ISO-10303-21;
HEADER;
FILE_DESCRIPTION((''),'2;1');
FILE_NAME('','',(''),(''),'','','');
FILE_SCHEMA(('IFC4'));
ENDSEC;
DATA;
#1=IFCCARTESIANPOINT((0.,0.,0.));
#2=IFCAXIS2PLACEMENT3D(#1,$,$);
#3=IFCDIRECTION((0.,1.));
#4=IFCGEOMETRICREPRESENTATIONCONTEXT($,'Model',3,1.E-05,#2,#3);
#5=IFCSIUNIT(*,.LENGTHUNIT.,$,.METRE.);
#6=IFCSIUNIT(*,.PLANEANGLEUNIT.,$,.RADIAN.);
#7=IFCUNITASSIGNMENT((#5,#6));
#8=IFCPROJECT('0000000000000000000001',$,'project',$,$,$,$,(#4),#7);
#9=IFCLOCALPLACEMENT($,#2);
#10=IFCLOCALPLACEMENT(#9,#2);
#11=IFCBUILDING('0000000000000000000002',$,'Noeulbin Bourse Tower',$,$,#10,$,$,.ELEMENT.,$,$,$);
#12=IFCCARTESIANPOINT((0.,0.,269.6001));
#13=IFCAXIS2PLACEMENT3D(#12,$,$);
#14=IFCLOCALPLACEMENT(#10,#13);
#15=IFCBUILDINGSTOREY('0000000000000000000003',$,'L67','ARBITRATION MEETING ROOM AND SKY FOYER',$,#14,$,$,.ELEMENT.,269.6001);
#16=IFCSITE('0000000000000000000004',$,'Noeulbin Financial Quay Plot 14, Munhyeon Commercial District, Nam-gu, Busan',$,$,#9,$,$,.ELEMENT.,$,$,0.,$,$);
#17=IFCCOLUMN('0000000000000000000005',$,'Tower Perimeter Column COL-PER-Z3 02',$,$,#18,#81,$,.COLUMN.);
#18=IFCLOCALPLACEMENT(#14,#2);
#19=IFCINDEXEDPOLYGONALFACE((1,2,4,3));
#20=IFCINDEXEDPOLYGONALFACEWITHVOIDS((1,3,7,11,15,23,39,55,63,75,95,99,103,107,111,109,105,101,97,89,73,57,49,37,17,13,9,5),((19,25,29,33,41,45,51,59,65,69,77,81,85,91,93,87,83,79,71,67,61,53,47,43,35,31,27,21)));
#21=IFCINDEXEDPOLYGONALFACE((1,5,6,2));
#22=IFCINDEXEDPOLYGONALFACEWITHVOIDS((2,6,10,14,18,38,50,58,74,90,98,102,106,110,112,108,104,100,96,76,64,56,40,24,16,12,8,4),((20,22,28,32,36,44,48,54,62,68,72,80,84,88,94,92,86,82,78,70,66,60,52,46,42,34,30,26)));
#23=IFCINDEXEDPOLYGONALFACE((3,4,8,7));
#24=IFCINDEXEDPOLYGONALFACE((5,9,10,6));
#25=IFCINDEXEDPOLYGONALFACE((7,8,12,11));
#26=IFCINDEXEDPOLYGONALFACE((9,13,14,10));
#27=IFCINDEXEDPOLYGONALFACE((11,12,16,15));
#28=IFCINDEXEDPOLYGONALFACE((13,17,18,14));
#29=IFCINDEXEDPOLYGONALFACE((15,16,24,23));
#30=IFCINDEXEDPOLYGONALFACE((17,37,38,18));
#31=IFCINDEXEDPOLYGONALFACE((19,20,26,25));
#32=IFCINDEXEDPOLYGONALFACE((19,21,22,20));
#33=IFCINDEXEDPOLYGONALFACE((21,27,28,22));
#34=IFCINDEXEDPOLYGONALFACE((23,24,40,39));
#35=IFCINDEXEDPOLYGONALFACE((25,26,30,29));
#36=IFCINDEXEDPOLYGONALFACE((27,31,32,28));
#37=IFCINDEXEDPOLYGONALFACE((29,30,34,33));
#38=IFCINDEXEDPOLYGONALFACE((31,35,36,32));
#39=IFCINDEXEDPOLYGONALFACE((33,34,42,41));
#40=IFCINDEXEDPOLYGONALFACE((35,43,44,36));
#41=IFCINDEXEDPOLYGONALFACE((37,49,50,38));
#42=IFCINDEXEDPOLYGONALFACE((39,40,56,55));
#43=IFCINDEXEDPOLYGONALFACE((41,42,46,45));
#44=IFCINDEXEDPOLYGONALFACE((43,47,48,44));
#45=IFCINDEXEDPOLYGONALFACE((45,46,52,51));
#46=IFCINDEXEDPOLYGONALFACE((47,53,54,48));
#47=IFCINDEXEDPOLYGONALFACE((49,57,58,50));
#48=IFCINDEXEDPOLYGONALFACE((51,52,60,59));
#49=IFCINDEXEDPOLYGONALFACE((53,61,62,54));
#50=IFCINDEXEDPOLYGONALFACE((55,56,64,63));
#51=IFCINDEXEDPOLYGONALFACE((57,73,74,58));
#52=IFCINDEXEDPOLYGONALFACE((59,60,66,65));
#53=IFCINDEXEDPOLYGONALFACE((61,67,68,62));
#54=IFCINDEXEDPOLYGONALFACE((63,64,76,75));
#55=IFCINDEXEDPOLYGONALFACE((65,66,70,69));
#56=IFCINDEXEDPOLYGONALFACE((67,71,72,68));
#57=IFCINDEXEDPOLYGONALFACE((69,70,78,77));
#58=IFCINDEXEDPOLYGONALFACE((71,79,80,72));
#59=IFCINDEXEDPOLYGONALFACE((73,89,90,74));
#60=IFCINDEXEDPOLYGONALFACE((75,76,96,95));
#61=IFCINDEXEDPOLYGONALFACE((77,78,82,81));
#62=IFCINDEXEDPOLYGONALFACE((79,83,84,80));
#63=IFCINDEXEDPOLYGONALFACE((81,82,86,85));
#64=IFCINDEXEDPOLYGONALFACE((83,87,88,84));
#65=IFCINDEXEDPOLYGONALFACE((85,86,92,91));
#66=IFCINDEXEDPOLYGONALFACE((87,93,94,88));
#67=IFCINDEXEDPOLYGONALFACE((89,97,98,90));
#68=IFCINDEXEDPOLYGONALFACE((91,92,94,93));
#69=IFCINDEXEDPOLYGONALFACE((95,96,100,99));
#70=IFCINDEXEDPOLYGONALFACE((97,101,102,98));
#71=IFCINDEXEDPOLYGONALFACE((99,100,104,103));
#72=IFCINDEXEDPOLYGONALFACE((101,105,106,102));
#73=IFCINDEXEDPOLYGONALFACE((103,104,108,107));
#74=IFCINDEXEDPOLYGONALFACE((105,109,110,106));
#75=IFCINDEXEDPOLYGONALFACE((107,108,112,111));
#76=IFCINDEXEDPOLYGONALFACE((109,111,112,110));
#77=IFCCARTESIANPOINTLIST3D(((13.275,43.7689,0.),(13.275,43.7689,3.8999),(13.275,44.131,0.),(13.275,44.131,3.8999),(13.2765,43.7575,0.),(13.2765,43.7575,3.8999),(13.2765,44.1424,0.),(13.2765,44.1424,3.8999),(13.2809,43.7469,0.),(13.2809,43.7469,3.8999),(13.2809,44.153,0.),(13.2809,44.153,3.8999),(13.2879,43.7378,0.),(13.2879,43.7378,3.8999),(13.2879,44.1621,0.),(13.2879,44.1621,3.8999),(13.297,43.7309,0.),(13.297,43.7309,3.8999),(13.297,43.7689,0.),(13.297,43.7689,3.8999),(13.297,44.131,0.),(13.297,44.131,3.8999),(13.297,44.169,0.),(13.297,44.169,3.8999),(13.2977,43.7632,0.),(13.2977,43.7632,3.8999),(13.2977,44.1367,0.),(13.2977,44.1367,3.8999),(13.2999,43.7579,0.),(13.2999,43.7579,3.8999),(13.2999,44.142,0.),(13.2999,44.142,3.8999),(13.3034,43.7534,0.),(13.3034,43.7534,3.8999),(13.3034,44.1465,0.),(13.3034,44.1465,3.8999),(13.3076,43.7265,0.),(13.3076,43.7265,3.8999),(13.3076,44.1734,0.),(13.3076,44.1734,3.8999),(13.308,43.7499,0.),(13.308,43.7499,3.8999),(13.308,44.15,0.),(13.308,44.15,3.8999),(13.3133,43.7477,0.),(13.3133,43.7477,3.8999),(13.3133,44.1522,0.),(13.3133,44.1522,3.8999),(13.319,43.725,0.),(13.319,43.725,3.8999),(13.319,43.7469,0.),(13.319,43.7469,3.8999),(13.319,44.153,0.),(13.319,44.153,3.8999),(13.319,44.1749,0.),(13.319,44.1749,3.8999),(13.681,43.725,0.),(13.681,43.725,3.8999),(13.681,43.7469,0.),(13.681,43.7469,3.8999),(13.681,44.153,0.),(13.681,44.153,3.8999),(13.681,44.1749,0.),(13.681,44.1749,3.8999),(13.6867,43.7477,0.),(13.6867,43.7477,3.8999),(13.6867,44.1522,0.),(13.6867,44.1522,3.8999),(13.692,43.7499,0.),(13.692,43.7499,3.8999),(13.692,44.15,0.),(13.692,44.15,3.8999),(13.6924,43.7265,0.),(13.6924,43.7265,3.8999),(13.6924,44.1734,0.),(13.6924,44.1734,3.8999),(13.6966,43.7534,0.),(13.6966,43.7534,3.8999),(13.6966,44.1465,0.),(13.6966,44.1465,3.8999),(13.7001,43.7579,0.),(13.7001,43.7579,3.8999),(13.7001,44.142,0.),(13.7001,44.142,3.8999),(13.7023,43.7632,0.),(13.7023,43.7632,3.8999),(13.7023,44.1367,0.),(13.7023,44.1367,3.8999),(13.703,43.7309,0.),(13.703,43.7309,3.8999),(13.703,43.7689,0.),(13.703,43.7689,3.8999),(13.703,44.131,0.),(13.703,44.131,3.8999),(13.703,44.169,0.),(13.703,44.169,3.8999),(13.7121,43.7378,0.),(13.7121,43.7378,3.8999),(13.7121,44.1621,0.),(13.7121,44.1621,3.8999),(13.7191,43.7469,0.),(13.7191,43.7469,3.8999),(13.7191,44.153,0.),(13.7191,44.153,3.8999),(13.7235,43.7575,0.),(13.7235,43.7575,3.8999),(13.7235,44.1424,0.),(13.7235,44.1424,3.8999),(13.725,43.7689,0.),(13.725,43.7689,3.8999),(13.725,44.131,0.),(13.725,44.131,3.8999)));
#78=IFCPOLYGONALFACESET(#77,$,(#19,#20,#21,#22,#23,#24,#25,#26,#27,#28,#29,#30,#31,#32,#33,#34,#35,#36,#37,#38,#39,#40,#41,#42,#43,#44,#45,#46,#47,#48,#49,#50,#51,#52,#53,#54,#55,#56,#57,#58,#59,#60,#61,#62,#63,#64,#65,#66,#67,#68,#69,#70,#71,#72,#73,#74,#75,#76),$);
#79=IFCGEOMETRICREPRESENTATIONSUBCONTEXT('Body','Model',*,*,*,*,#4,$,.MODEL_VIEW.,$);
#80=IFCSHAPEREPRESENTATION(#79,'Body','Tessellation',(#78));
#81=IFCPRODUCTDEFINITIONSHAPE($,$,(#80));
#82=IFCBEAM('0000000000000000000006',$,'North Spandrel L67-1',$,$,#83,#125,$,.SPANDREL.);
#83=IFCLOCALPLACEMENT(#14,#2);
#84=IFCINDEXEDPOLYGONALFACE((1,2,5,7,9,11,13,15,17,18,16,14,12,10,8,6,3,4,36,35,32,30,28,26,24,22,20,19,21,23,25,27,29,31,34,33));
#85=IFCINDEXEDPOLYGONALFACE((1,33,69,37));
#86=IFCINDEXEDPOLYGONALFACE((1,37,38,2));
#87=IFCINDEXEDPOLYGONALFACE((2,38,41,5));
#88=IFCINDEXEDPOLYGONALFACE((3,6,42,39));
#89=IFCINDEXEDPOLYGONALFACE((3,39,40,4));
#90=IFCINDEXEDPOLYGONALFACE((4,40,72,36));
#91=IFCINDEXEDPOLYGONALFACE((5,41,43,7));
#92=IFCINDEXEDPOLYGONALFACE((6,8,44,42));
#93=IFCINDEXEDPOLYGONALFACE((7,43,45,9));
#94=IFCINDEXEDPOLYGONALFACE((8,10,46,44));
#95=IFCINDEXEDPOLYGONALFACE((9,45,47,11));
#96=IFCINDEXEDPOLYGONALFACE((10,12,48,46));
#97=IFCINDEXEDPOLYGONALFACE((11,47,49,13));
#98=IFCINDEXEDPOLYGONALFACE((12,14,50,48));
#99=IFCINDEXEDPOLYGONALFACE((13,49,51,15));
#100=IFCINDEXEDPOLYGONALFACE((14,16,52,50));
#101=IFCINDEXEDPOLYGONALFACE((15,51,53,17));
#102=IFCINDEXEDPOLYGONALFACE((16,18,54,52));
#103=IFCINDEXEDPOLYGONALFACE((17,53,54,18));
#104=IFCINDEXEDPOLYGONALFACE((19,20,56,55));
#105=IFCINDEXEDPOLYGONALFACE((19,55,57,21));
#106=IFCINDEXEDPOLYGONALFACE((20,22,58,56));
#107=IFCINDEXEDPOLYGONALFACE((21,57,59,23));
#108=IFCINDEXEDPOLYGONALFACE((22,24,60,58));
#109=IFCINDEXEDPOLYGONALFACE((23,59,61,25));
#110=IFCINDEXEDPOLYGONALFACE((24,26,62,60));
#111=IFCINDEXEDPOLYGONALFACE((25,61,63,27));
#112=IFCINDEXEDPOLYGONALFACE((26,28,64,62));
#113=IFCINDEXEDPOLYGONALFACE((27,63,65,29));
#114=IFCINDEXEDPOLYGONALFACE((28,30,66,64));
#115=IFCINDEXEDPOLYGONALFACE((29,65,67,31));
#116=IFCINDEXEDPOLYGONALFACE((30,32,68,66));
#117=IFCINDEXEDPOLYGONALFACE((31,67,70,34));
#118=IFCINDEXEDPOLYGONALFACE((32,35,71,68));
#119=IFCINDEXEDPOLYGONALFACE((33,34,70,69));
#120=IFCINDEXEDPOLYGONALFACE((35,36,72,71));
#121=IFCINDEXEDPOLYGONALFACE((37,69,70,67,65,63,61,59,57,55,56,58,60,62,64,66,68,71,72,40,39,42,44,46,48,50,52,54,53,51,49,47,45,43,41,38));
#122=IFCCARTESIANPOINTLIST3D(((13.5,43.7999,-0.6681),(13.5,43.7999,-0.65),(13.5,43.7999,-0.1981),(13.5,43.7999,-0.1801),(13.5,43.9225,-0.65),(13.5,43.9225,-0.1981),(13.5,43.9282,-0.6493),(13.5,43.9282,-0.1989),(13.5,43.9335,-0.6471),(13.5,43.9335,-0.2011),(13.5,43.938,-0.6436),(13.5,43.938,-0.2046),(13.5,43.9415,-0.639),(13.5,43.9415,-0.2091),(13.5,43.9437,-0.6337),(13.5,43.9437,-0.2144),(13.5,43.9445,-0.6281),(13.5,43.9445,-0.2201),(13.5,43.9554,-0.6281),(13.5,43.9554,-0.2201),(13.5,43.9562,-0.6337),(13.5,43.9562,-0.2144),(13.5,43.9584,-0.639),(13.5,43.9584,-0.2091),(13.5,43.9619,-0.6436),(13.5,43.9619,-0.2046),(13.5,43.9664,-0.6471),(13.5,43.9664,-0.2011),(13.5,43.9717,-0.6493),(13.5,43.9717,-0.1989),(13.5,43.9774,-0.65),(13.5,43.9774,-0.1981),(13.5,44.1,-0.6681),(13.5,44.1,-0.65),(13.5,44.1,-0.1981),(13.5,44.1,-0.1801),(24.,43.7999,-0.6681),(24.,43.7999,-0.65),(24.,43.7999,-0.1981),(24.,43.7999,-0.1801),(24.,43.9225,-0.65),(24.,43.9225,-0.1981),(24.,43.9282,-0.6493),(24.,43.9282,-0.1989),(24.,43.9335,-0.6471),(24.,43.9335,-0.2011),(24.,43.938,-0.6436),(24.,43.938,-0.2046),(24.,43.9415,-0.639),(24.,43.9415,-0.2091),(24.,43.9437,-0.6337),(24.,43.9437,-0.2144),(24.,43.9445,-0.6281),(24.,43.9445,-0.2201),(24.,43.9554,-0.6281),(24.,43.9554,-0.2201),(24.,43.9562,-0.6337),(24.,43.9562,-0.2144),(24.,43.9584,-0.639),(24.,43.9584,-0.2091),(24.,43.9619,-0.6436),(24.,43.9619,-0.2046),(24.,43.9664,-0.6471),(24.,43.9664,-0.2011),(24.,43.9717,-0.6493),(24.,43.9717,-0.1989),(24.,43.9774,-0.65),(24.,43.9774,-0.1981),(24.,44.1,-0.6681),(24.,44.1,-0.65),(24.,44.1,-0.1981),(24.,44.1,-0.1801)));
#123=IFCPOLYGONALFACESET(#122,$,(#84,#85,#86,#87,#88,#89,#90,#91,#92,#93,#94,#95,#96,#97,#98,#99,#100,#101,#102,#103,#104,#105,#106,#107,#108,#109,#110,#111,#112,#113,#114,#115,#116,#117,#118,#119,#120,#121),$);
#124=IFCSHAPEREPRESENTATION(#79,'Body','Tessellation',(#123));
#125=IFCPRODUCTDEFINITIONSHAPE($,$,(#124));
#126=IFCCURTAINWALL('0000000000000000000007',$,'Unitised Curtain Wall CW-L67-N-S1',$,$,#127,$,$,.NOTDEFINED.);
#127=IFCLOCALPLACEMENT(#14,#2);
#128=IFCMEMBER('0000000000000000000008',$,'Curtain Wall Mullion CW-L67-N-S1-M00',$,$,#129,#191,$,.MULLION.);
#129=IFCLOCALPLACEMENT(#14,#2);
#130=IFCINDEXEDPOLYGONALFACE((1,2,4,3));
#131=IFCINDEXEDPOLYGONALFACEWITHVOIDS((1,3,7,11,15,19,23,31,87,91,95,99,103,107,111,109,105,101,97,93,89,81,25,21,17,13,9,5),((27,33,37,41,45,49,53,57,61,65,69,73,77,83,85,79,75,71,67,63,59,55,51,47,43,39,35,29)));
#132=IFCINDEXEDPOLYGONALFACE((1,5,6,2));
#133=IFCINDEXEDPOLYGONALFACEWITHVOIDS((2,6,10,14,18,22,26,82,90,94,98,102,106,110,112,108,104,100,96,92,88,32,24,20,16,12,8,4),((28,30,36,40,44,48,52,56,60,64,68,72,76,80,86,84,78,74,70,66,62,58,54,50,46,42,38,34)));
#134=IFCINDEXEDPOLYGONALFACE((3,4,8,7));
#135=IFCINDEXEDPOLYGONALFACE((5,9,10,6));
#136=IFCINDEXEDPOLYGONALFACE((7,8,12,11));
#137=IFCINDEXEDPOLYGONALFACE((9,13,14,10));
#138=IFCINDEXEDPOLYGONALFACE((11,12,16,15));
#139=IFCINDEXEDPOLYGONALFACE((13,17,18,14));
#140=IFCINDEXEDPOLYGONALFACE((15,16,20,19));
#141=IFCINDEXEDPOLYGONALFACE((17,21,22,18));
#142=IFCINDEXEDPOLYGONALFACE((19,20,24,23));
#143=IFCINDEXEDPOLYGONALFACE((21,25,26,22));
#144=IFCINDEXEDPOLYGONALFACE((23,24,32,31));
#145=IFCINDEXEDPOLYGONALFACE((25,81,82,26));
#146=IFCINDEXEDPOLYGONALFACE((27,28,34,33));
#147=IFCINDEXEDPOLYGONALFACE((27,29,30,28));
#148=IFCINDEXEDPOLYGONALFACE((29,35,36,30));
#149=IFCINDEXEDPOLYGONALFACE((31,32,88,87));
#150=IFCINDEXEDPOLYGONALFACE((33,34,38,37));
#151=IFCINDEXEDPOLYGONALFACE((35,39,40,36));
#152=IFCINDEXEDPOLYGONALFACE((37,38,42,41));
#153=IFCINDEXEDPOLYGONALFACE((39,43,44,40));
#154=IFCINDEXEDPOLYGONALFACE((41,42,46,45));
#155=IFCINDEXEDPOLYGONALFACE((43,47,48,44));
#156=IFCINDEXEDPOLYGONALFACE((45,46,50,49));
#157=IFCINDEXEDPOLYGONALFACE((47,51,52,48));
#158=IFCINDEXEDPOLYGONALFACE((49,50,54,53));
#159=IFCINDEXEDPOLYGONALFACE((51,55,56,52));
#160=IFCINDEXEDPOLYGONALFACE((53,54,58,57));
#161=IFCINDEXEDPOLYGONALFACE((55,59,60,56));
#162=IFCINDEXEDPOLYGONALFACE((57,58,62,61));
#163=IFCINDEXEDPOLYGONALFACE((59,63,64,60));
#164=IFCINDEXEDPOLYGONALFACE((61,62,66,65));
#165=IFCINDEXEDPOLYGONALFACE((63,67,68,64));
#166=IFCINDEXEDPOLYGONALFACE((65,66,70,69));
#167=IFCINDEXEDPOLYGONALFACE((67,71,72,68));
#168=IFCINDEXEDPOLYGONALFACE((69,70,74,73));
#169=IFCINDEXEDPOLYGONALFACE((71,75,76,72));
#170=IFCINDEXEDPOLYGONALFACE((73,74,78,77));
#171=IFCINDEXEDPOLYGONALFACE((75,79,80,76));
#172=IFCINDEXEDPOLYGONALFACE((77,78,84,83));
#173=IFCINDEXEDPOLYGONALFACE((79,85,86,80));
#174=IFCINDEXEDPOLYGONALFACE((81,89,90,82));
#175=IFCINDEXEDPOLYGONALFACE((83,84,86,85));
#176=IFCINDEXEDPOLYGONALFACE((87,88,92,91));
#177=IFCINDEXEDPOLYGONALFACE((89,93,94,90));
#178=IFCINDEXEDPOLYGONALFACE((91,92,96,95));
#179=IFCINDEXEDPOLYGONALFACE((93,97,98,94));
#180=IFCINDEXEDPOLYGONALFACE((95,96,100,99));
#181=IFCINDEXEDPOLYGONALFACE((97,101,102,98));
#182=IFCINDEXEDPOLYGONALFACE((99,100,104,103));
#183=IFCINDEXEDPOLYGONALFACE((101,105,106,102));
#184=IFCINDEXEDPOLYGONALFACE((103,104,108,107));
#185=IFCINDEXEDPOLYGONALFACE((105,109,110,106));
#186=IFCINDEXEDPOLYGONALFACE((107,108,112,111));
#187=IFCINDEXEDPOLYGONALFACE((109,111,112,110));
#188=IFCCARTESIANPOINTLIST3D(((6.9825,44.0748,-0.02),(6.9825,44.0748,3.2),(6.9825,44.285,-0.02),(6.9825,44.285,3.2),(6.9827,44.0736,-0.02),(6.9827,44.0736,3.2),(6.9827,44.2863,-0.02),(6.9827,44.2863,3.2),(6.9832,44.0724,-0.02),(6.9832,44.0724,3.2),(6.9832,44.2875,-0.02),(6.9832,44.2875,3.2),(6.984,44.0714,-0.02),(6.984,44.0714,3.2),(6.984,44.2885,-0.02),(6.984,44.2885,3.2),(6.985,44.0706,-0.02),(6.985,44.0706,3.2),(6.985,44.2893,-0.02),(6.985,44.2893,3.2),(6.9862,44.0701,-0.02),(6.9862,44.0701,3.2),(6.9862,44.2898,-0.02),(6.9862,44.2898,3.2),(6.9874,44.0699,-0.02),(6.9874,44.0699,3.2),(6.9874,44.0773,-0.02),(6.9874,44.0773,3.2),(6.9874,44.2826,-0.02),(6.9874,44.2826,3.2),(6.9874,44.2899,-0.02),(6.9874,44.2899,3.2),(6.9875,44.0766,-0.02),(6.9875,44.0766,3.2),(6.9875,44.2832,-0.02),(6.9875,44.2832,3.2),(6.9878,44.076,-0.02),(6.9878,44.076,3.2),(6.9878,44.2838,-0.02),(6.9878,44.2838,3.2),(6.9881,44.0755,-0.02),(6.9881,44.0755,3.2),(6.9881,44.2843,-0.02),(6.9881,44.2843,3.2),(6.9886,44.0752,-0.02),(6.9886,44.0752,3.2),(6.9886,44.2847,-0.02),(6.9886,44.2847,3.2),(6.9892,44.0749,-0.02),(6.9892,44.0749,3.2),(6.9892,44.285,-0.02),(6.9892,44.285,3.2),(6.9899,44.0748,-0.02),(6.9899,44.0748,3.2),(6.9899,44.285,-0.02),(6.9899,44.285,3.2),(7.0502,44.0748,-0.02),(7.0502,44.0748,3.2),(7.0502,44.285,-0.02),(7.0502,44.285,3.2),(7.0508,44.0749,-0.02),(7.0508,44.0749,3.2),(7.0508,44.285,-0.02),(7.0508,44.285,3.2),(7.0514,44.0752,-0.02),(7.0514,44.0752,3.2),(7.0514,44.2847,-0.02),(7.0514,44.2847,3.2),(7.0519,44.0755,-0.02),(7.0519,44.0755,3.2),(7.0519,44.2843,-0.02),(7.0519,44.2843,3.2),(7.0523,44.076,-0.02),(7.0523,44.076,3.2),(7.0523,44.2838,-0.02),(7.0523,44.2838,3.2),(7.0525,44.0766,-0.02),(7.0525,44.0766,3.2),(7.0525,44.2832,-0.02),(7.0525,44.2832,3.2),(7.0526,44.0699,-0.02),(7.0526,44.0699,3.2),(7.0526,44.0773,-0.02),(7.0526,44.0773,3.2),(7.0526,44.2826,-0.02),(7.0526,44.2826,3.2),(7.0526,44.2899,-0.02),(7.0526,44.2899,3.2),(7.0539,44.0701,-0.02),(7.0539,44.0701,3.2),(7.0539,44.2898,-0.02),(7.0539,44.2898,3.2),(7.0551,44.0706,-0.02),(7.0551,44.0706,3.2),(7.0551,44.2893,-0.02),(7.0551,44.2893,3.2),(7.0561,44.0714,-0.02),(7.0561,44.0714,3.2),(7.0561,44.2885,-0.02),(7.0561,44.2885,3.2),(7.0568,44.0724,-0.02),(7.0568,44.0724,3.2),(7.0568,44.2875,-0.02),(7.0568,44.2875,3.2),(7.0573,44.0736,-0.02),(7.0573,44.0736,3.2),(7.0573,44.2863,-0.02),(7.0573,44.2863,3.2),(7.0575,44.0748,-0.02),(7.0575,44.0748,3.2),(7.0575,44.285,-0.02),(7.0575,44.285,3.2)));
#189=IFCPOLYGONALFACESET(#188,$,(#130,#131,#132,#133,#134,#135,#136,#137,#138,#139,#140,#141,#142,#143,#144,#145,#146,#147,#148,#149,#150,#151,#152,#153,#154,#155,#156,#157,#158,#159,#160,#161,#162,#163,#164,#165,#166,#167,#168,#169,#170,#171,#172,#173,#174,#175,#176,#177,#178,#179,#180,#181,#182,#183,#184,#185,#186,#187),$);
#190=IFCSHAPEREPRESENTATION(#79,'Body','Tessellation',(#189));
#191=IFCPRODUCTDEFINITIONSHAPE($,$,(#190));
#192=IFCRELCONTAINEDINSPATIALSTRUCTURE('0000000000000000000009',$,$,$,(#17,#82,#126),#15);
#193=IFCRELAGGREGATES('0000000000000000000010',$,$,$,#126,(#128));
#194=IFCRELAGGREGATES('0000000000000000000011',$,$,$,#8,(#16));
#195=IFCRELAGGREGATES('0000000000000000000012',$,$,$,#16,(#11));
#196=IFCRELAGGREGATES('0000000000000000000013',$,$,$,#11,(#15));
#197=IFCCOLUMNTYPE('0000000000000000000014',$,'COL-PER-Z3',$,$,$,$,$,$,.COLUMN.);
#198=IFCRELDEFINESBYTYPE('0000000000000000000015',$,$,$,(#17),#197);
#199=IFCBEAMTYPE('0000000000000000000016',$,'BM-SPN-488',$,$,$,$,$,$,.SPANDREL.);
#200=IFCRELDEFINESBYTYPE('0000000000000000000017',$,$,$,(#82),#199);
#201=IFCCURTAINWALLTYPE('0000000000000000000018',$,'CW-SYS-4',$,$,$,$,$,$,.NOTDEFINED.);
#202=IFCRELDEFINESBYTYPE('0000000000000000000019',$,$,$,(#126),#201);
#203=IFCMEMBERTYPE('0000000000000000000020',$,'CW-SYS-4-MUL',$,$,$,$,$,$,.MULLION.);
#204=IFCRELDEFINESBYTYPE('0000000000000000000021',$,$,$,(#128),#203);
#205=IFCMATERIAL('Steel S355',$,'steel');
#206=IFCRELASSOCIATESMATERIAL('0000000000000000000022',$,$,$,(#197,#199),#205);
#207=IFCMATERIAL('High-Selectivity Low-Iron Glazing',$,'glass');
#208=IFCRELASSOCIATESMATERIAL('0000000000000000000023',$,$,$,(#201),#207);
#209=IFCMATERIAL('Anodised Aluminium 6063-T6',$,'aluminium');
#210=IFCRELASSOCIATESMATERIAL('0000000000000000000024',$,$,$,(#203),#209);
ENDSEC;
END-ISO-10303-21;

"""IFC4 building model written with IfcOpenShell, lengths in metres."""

from ifc_helpers import new_model, si_unit, direction, frame, origin, origin_2d, place, context, subcontext, project, spatial, hollow_rectangle, i_section, extrude, material, material_profile, profile_set, type_object, element, aggregate, save


model = new_model("IFC4")

# Units and contexts
model_context = context("Model", 3, precision=1e-05, world=origin(), true_north=direction((0.0, 1.0)))
body_context = subcontext(model_context, "Body", "Model", "MODEL_VIEW")
ifc_project = project(units=[si_unit("LENGTHUNIT", "METRE"), si_unit("PLANEANGLEUNIT", "RADIAN")], contexts=[model_context])

# Site, building, storey
site_placement = place(None, origin())
site = spatial("IfcSite", under=ifc_project, at=site_placement, Name="Noeulbin Financial Quay Plot 14, Munhyeon Commercial District, Nam-gu, Busan", CompositionType="ELEMENT", RefElevation=0.0)
building_placement = place(site_placement, origin())
building = spatial("IfcBuilding", under=site, at=building_placement, Name="Noeulbin Bourse Tower", CompositionType="ELEMENT")
storey_placement = place(building_placement, frame((0.0, 0.0, 269.6001)))
storey = spatial("IfcBuildingStorey", under=building, at=storey_placement, Name="L67", Description="ARBITRATION MEETING ROOM AND SKY FOYER", CompositionType="ELEMENT", Elevation=269.6001)

# Column
ifc_material_1 = material(Name="Steel S355", Category="steel")
ifc_material_profile_1 = material_profile(ifc_material_1, hollow_rectangle(XDim=0.45, YDim=0.45, WallThickness=0.022, InnerFilletRadius=0.022, OuterFilletRadius=0.0439, at=origin_2d()), Name="SHS-450x450x22", Category="LoadBearing")
ifc_profile_set_1 = profile_set([ifc_material_profile_1], Name="Steel S355")
column_type = type_object("IfcColumnType", Name="COL-PER-Z3", PredefinedType="COLUMN", material=ifc_profile_set_1)
column_placement = place(storey_placement, frame((13.5, 43.95, 0.0), z_axis=(0.0, 0.0, 1.0), x_axis=(1.0, 0.0, 0.0)))
element("IfcColumn", 1, at=column_placement, inside=storey, type_object=column_type, Name="Tower Perimeter Column COL-PER-Z3 02", PredefinedType="COLUMN", context=body_context, shape_type="SweptSolid", body=[
    extrude(hollow_rectangle(XDim=0.45, YDim=0.45, WallThickness=0.022, InnerFilletRadius=0.022, OuterFilletRadius=0.0439, at=origin_2d()), origin(), (0.0, 0.0, 1.0), 3.8999),
])

# Beam
ifc_material_profile_2 = material_profile(ifc_material_1, i_section(OverallWidth=0.3, OverallDepth=0.488, WebThickness=0.011, FlangeThickness=0.0181, FilletRadius=0.022, at=origin_2d()), Name="H-488x300x11x18", Category="LoadBearing")
ifc_profile_set_2 = profile_set([ifc_material_profile_2], Name="Steel S355")
beam_type = type_object("IfcBeamType", Name="BM-SPN-488", PredefinedType="SPANDREL", material=ifc_profile_set_2)
beam_placement = place(storey_placement, frame((13.5, 43.95, -0.4241), z_axis=(1.0, 0.0, 0.0), x_axis=(0.0, 1.0, 0.0)))
element("IfcBeam", 2, at=beam_placement, inside=storey, type_object=beam_type, Name="North Spandrel L67-1", PredefinedType="SPANDREL", context=body_context, shape_type="SweptSolid", body=[
    extrude(i_section(OverallWidth=0.3, OverallDepth=0.488, WebThickness=0.011, FlangeThickness=0.0181, FilletRadius=0.022, at=origin_2d()), origin(), (0.0, 0.0, 1.0), 10.5),
])

# Curtain wall, member
ifc_material_2 = material(Name="High-Selectivity Low-Iron Glazing", Category="glass")
curtain_wall_type = type_object("IfcCurtainWallType", Name="CW-SYS-4", PredefinedType="NOTDEFINED", material=ifc_material_2)
curtain_wall_1_placement = place(storey_placement, origin())
curtain_wall_1 = element("IfcCurtainWall", 3, at=curtain_wall_1_placement, inside=storey, type_object=curtain_wall_type, Name="Unitised Curtain Wall CW-L67-N-S1", PredefinedType="NOTDEFINED")
ifc_material_3 = material(Name="Anodised Aluminium 6063-T6", Category="aluminium")
ifc_material_profile_3 = material_profile(ifc_material_3, hollow_rectangle(XDim=0.075, YDim=0.22, WallThickness=0.0049, InnerFilletRadius=0.0024, OuterFilletRadius=0.0049, at=origin_2d()), Name="ALU-MULL-75x220x5", Category="LoadBearing")
ifc_profile_set_3 = profile_set([ifc_material_profile_3], Name="Anodised Aluminium 6063-T6")
member_type_1 = type_object("IfcMemberType", Name="CW-SYS-4-MUL", PredefinedType="MULLION", material=ifc_profile_set_3)
member_1_placement = place(storey_placement, frame((7.02, 44.1799, -0.02), z_axis=(0.0, 0.0, 1.0), x_axis=(1.0, 0.0, 0.0)))
member_1 = element("IfcMember", 4, at=member_1_placement, type_object=member_type_1, Name="Curtain Wall Mullion CW-L67-N-S1-M00", PredefinedType="MULLION", context=body_context, shape_type="SweptSolid", body=[
    extrude(hollow_rectangle(XDim=0.075, YDim=0.22, WallThickness=0.0049, InnerFilletRadius=0.0024, OuterFilletRadius=0.0049, at=origin_2d()), origin(), (0.0, 0.0, 1.0), 3.22),
])

aggregate(curtain_wall_1, [member_1])

save(model, "model.ifc")
